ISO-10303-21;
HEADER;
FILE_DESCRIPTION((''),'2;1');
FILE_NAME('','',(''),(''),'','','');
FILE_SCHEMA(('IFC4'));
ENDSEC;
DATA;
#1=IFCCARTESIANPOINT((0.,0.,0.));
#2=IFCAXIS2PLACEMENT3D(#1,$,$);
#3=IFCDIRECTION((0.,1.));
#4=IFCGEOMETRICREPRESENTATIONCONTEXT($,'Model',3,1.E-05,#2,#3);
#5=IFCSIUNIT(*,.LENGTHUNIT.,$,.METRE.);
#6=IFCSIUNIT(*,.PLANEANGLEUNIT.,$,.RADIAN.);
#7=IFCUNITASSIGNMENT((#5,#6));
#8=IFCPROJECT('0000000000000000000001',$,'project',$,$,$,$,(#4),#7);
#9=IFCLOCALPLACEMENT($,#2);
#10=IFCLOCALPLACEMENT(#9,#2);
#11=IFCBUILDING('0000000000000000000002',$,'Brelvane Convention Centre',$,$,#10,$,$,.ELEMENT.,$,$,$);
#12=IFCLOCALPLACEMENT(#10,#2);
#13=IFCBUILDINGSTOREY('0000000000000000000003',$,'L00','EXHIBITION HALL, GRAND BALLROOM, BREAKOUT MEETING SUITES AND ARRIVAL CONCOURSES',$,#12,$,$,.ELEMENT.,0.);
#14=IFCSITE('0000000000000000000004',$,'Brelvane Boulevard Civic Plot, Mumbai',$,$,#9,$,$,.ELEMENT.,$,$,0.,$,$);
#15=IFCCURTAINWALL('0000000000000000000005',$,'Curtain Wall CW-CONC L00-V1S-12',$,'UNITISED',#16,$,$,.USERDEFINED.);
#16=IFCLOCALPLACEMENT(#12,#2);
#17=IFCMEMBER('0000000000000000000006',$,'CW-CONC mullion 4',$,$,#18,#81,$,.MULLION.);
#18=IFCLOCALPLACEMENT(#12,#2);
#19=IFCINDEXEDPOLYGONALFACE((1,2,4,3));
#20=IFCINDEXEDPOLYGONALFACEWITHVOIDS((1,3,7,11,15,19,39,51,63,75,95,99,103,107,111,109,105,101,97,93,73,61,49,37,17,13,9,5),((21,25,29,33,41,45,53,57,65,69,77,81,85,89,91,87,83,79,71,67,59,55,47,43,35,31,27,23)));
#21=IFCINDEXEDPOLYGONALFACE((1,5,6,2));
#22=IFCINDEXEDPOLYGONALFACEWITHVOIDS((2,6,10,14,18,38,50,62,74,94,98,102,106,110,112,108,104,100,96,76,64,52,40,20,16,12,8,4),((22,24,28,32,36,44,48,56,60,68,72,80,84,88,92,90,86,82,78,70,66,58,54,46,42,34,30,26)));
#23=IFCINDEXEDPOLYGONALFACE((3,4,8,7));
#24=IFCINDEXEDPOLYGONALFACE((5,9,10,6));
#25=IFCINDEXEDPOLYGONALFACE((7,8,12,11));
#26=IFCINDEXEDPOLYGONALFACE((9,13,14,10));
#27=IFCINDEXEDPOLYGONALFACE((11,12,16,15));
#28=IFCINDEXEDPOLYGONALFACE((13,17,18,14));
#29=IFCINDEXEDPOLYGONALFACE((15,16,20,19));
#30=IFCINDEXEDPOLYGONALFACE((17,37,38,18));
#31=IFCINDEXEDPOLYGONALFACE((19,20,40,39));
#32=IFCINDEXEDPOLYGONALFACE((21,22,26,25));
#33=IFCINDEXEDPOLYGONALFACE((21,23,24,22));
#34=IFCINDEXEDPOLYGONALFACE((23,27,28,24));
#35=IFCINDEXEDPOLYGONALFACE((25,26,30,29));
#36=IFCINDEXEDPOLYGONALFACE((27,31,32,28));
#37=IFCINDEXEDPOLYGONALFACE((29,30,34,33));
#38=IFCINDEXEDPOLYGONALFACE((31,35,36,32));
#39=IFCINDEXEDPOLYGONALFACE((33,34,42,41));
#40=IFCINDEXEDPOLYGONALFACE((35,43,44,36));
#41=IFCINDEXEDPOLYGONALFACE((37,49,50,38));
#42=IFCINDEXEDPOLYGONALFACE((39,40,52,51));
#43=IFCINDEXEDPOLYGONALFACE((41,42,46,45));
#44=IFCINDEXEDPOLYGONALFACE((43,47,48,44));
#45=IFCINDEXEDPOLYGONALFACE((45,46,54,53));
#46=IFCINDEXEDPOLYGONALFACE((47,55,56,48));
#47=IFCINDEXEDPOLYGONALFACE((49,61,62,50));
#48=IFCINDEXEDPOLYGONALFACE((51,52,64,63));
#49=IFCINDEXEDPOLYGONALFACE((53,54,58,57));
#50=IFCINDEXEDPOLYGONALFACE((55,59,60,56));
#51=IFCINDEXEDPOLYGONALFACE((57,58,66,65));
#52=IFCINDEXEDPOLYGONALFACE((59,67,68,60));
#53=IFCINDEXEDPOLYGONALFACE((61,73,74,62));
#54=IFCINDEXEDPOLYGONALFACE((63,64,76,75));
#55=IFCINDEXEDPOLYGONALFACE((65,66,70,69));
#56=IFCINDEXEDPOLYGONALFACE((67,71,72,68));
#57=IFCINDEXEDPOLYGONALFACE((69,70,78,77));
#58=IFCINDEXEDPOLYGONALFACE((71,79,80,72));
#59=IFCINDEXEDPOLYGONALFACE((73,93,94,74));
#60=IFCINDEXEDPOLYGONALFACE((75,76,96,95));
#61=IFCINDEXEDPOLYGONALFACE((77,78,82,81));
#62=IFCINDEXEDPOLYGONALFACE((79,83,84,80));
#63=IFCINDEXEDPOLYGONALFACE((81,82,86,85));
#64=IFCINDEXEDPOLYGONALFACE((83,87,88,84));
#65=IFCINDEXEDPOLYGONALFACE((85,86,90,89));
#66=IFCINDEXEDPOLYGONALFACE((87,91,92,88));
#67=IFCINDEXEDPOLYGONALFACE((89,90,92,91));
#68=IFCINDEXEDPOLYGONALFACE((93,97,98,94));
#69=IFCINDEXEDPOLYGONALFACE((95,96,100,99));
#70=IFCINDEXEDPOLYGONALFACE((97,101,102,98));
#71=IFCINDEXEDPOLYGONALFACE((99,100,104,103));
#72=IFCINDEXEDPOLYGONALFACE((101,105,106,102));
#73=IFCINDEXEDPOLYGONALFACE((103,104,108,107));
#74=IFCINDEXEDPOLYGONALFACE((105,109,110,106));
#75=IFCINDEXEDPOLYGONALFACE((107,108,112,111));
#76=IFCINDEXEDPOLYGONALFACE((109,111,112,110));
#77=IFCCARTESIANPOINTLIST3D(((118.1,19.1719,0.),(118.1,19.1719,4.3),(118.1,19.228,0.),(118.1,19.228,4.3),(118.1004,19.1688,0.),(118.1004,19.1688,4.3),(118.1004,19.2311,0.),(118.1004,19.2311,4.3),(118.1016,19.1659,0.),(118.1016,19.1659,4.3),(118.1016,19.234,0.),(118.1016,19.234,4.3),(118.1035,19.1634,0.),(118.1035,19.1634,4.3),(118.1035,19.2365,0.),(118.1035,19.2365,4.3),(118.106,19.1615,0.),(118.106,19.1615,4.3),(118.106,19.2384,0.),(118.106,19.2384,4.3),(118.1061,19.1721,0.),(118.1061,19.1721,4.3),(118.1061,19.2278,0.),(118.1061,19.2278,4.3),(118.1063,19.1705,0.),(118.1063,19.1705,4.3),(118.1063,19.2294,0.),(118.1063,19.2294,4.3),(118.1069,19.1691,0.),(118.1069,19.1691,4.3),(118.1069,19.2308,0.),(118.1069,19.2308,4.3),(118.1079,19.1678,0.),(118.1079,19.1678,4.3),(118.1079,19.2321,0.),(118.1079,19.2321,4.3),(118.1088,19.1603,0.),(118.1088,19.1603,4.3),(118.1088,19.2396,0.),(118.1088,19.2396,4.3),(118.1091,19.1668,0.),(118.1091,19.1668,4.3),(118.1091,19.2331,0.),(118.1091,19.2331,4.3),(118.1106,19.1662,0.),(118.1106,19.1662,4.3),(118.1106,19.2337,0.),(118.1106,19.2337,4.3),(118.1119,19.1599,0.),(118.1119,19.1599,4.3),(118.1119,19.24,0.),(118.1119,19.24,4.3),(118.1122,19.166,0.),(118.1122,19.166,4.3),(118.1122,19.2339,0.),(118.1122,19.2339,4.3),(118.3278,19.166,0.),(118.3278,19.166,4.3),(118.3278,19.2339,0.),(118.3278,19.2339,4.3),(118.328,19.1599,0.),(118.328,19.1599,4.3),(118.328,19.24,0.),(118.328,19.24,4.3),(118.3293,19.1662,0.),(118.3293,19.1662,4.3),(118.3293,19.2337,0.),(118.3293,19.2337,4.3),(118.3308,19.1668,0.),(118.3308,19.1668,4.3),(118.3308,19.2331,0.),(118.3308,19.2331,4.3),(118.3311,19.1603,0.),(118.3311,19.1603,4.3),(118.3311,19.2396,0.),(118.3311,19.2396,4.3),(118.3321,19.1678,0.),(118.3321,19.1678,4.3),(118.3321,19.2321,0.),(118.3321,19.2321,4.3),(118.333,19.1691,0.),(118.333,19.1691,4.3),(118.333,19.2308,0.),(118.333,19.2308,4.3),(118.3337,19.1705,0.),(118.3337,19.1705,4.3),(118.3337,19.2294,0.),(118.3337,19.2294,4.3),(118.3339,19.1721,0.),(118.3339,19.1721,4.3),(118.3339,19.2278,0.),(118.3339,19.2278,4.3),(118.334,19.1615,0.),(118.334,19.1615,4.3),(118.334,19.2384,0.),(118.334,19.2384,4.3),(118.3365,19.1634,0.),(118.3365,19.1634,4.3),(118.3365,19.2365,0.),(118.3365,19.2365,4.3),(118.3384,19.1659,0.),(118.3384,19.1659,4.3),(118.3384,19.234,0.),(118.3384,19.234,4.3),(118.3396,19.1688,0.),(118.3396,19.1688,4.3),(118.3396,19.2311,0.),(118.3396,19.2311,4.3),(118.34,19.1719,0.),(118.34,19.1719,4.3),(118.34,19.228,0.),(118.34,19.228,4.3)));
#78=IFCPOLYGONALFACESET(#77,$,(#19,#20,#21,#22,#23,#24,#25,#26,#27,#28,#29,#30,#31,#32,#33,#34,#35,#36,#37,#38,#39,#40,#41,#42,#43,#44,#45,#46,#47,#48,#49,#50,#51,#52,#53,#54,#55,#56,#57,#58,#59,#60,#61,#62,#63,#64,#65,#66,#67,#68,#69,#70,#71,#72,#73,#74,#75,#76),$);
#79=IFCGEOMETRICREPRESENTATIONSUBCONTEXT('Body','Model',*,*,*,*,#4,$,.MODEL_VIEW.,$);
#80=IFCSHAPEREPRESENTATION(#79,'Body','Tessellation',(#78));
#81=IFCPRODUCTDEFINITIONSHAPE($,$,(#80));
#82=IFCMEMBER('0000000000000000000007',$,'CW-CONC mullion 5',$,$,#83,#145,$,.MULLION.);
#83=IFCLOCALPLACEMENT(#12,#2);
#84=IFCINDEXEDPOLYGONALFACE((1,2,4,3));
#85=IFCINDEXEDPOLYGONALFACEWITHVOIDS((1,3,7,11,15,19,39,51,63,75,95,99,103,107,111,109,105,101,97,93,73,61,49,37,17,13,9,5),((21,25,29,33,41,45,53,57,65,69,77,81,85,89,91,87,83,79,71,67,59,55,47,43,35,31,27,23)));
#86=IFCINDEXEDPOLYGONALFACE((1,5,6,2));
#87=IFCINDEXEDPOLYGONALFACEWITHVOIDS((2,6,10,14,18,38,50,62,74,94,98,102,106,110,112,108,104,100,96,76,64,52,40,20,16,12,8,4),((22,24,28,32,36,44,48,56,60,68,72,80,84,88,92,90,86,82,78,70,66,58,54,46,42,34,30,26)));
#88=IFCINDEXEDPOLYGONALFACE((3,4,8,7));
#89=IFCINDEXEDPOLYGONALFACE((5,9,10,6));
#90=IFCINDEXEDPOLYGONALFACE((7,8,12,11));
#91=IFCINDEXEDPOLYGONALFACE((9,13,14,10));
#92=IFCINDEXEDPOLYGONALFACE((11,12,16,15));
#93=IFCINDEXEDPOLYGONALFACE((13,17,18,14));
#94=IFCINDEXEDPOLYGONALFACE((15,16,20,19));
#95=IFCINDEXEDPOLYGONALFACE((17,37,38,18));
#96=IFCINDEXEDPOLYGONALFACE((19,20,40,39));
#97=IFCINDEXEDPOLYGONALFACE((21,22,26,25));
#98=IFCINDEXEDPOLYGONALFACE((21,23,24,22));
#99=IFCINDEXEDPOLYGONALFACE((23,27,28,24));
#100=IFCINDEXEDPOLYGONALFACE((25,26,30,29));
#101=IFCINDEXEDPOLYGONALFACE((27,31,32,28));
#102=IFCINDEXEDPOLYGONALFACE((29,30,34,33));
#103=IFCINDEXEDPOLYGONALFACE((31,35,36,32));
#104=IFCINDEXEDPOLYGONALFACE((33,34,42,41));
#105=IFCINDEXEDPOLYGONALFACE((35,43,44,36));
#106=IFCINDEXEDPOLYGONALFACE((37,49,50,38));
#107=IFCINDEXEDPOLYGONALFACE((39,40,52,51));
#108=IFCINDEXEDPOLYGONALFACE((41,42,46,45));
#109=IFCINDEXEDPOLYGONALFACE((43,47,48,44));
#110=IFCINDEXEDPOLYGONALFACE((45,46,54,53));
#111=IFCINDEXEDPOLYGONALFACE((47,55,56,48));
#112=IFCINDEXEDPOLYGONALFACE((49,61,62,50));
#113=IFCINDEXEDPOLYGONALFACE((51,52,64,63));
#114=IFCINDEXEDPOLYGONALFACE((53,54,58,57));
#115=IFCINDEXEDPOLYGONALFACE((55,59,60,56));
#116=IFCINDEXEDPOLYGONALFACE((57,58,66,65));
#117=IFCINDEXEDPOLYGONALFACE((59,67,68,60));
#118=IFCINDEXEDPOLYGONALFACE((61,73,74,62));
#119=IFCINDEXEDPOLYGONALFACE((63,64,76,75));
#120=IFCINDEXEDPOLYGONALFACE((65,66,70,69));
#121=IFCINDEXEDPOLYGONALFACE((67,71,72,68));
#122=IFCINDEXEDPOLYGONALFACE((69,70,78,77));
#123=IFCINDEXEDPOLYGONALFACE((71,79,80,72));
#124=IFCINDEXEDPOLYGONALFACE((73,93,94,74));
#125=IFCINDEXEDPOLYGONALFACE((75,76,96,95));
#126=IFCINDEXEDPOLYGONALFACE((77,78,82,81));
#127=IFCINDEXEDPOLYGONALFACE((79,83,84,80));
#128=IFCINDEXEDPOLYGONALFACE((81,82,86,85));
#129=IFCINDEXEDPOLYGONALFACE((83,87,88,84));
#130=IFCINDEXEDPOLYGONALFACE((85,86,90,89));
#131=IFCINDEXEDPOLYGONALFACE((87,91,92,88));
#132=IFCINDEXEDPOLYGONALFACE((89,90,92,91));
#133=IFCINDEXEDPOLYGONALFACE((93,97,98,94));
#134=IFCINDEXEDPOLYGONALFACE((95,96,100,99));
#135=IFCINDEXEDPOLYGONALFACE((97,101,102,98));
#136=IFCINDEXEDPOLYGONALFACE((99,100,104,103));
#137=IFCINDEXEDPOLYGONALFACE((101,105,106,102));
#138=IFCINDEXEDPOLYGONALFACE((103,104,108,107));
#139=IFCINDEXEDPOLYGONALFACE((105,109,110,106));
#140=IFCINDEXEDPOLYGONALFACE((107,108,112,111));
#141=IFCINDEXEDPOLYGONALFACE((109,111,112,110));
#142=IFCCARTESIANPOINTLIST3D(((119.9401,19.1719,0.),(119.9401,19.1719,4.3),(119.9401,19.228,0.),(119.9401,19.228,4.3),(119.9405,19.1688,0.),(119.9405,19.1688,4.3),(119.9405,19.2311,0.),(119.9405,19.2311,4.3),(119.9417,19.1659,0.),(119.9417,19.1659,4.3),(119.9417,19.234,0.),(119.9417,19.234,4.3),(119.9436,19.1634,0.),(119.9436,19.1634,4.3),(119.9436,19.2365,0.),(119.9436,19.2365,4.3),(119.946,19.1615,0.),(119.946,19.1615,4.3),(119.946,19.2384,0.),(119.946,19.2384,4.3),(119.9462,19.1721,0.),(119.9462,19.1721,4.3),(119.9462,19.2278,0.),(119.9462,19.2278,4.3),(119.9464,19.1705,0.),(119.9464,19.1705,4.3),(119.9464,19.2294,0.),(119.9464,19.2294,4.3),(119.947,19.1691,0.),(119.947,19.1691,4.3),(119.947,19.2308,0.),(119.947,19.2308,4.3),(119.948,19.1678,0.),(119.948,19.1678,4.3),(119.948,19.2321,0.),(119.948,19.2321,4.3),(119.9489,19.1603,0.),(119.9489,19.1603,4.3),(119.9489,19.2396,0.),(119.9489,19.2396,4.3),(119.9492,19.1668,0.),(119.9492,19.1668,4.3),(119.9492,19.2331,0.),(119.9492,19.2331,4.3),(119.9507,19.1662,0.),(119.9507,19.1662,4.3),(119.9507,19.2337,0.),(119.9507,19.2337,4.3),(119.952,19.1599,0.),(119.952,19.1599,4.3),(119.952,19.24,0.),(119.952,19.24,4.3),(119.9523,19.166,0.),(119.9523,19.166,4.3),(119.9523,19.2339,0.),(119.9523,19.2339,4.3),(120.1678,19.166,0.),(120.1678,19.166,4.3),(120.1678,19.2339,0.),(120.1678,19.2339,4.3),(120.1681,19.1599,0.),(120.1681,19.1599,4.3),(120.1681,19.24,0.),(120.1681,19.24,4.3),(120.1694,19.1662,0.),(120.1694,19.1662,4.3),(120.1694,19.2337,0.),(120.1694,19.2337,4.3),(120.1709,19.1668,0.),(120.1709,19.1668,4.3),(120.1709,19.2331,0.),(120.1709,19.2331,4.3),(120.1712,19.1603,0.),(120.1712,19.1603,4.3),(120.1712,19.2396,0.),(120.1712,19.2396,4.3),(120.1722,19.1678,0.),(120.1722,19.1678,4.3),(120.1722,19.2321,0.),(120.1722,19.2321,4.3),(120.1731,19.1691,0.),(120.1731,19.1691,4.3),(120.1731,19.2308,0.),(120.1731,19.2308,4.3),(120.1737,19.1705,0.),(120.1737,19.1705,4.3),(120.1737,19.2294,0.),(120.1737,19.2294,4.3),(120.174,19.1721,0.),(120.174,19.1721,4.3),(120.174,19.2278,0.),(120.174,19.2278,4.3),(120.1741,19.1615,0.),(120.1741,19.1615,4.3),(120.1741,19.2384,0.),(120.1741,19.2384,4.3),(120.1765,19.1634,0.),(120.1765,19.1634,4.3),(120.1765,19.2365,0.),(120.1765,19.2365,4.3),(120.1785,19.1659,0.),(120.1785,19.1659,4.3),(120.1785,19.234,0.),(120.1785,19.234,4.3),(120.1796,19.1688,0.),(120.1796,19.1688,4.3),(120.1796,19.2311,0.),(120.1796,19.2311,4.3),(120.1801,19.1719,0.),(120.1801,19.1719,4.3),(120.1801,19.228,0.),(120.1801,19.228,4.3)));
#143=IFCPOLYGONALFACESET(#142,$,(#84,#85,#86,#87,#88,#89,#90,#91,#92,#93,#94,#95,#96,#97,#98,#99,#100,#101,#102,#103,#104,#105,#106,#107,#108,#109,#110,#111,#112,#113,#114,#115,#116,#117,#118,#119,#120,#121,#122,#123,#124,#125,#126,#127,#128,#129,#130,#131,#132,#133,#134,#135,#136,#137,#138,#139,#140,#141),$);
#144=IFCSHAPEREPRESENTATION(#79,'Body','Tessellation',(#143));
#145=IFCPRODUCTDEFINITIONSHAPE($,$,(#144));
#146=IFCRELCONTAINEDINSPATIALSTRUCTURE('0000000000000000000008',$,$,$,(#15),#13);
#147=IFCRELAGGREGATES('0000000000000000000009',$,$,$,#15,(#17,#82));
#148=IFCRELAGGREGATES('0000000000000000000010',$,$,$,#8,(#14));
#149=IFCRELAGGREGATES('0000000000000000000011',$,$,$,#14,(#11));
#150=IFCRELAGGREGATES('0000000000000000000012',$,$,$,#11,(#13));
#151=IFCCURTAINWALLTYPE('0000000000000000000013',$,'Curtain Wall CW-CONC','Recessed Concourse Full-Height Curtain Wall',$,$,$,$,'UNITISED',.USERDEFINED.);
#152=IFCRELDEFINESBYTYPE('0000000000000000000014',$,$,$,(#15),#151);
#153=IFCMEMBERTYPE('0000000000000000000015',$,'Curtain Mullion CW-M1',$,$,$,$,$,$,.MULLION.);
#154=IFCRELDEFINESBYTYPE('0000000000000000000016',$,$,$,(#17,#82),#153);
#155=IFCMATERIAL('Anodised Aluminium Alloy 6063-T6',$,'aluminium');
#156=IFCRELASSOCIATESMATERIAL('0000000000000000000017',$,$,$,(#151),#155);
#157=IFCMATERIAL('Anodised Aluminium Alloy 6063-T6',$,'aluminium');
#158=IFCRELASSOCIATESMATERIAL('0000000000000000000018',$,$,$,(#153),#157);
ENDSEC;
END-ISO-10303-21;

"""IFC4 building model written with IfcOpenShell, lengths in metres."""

from ifc_helpers import new_model, si_unit, direction, frame, origin, origin_2d, place, context, subcontext, project, spatial, hollow_rectangle, extrude, material, material_profile, profile_set, type_object, element, aggregate, save


model = new_model("IFC4")

# Units and contexts
model_context = context("Model", 3, precision=1e-05, world=origin(), true_north=direction((0.0, 1.0)))
body_context = subcontext(model_context, "Body", "Model", "MODEL_VIEW")
ifc_project = project(units=[si_unit("LENGTHUNIT", "METRE"), si_unit("PLANEANGLEUNIT", "RADIAN")], contexts=[model_context])

# Site, building, storey
site_placement = place(None, origin())
site = spatial("IfcSite", under=ifc_project, at=site_placement, Name="Brelvane Boulevard Civic Plot, Mumbai", CompositionType="ELEMENT", RefElevation=0.0)
building_placement = place(site_placement, origin())
building = spatial("IfcBuilding", under=site, at=building_placement, Name="Brelvane Convention Centre", CompositionType="ELEMENT")
storey_placement = place(building_placement, origin())
storey = spatial("IfcBuildingStorey", under=building, at=storey_placement, Name="L00", Description="EXHIBITION HALL, GRAND BALLROOM, BREAKOUT MEETING SUITES AND ARRIVAL CONCOURSES", CompositionType="ELEMENT", Elevation=0.0)

# Curtain wall, members
ifc_material_1 = material(Name="Anodised Aluminium Alloy 6063-T6", Category="aluminium")
curtain_wall_type = type_object("IfcCurtainWallType", Name="Curtain Wall CW-CONC", Description="Recessed Concourse Full-Height Curtain Wall", ElementType="UNITISED", PredefinedType="USERDEFINED", material=ifc_material_1)
curtain_wall_placement = place(storey_placement, origin())
curtain_wall = element("IfcCurtainWall", 1, at=curtain_wall_placement, inside=storey, type_object=curtain_wall_type, Name="Curtain Wall CW-CONC L00-V1S-12", ObjectType="UNITISED", PredefinedType="USERDEFINED")
ifc_material_2 = material(Name="Anodised Aluminium Alloy 6063-T6", Category="aluminium")
ifc_material_profile_1 = material_profile(ifc_material_2, hollow_rectangle(XDim=0.0801, YDim=0.24, WallThickness=0.0061, InnerFilletRadius=0.0061, OuterFilletRadius=0.012, at=origin_2d()), Name="ALU-M 240x80x6.0")
ifc_profile_set_1 = profile_set([ifc_material_profile_1], Name="Anodised Aluminium Alloy 6063-T6")
member_type_1 = type_object("IfcMemberType", Name="Curtain Mullion CW-M1", PredefinedType="MULLION", material=ifc_profile_set_1)
member_1_placement = place(storey_placement, frame((118.22, 19.2, 0.0), z_axis=(0.0, 0.0, 1.0), x_axis=(0.0, 1.0, 0.0)))
member_1 = element("IfcMember", 2, at=member_1_placement, type_object=member_type_1, Name="CW-CONC mullion 4", PredefinedType="MULLION", context=body_context, shape_type="SweptSolid", body=[
    extrude(hollow_rectangle(XDim=0.0801, YDim=0.24, WallThickness=0.0061, InnerFilletRadius=0.0061, OuterFilletRadius=0.012, at=origin_2d()), origin(), (0.0, 0.0, 1.0), 4.3),
])
member_2_placement = place(storey_placement, frame((120.0601, 19.2, 0.0), z_axis=(0.0, 0.0, 1.0), x_axis=(0.0, 1.0, 0.0)))
member_2 = element("IfcMember", 3, at=member_2_placement, type_object=member_type_1, Name="CW-CONC mullion 5", PredefinedType="MULLION", context=body_context, shape_type="SweptSolid", body=[
    extrude(hollow_rectangle(XDim=0.0801, YDim=0.24, WallThickness=0.0061, InnerFilletRadius=0.0061, OuterFilletRadius=0.012, at=origin_2d()), origin(), (0.0, 0.0, 1.0), 4.3),
])
aggregate(curtain_wall, [member_1, member_2])

save(model, "model.ifc")
